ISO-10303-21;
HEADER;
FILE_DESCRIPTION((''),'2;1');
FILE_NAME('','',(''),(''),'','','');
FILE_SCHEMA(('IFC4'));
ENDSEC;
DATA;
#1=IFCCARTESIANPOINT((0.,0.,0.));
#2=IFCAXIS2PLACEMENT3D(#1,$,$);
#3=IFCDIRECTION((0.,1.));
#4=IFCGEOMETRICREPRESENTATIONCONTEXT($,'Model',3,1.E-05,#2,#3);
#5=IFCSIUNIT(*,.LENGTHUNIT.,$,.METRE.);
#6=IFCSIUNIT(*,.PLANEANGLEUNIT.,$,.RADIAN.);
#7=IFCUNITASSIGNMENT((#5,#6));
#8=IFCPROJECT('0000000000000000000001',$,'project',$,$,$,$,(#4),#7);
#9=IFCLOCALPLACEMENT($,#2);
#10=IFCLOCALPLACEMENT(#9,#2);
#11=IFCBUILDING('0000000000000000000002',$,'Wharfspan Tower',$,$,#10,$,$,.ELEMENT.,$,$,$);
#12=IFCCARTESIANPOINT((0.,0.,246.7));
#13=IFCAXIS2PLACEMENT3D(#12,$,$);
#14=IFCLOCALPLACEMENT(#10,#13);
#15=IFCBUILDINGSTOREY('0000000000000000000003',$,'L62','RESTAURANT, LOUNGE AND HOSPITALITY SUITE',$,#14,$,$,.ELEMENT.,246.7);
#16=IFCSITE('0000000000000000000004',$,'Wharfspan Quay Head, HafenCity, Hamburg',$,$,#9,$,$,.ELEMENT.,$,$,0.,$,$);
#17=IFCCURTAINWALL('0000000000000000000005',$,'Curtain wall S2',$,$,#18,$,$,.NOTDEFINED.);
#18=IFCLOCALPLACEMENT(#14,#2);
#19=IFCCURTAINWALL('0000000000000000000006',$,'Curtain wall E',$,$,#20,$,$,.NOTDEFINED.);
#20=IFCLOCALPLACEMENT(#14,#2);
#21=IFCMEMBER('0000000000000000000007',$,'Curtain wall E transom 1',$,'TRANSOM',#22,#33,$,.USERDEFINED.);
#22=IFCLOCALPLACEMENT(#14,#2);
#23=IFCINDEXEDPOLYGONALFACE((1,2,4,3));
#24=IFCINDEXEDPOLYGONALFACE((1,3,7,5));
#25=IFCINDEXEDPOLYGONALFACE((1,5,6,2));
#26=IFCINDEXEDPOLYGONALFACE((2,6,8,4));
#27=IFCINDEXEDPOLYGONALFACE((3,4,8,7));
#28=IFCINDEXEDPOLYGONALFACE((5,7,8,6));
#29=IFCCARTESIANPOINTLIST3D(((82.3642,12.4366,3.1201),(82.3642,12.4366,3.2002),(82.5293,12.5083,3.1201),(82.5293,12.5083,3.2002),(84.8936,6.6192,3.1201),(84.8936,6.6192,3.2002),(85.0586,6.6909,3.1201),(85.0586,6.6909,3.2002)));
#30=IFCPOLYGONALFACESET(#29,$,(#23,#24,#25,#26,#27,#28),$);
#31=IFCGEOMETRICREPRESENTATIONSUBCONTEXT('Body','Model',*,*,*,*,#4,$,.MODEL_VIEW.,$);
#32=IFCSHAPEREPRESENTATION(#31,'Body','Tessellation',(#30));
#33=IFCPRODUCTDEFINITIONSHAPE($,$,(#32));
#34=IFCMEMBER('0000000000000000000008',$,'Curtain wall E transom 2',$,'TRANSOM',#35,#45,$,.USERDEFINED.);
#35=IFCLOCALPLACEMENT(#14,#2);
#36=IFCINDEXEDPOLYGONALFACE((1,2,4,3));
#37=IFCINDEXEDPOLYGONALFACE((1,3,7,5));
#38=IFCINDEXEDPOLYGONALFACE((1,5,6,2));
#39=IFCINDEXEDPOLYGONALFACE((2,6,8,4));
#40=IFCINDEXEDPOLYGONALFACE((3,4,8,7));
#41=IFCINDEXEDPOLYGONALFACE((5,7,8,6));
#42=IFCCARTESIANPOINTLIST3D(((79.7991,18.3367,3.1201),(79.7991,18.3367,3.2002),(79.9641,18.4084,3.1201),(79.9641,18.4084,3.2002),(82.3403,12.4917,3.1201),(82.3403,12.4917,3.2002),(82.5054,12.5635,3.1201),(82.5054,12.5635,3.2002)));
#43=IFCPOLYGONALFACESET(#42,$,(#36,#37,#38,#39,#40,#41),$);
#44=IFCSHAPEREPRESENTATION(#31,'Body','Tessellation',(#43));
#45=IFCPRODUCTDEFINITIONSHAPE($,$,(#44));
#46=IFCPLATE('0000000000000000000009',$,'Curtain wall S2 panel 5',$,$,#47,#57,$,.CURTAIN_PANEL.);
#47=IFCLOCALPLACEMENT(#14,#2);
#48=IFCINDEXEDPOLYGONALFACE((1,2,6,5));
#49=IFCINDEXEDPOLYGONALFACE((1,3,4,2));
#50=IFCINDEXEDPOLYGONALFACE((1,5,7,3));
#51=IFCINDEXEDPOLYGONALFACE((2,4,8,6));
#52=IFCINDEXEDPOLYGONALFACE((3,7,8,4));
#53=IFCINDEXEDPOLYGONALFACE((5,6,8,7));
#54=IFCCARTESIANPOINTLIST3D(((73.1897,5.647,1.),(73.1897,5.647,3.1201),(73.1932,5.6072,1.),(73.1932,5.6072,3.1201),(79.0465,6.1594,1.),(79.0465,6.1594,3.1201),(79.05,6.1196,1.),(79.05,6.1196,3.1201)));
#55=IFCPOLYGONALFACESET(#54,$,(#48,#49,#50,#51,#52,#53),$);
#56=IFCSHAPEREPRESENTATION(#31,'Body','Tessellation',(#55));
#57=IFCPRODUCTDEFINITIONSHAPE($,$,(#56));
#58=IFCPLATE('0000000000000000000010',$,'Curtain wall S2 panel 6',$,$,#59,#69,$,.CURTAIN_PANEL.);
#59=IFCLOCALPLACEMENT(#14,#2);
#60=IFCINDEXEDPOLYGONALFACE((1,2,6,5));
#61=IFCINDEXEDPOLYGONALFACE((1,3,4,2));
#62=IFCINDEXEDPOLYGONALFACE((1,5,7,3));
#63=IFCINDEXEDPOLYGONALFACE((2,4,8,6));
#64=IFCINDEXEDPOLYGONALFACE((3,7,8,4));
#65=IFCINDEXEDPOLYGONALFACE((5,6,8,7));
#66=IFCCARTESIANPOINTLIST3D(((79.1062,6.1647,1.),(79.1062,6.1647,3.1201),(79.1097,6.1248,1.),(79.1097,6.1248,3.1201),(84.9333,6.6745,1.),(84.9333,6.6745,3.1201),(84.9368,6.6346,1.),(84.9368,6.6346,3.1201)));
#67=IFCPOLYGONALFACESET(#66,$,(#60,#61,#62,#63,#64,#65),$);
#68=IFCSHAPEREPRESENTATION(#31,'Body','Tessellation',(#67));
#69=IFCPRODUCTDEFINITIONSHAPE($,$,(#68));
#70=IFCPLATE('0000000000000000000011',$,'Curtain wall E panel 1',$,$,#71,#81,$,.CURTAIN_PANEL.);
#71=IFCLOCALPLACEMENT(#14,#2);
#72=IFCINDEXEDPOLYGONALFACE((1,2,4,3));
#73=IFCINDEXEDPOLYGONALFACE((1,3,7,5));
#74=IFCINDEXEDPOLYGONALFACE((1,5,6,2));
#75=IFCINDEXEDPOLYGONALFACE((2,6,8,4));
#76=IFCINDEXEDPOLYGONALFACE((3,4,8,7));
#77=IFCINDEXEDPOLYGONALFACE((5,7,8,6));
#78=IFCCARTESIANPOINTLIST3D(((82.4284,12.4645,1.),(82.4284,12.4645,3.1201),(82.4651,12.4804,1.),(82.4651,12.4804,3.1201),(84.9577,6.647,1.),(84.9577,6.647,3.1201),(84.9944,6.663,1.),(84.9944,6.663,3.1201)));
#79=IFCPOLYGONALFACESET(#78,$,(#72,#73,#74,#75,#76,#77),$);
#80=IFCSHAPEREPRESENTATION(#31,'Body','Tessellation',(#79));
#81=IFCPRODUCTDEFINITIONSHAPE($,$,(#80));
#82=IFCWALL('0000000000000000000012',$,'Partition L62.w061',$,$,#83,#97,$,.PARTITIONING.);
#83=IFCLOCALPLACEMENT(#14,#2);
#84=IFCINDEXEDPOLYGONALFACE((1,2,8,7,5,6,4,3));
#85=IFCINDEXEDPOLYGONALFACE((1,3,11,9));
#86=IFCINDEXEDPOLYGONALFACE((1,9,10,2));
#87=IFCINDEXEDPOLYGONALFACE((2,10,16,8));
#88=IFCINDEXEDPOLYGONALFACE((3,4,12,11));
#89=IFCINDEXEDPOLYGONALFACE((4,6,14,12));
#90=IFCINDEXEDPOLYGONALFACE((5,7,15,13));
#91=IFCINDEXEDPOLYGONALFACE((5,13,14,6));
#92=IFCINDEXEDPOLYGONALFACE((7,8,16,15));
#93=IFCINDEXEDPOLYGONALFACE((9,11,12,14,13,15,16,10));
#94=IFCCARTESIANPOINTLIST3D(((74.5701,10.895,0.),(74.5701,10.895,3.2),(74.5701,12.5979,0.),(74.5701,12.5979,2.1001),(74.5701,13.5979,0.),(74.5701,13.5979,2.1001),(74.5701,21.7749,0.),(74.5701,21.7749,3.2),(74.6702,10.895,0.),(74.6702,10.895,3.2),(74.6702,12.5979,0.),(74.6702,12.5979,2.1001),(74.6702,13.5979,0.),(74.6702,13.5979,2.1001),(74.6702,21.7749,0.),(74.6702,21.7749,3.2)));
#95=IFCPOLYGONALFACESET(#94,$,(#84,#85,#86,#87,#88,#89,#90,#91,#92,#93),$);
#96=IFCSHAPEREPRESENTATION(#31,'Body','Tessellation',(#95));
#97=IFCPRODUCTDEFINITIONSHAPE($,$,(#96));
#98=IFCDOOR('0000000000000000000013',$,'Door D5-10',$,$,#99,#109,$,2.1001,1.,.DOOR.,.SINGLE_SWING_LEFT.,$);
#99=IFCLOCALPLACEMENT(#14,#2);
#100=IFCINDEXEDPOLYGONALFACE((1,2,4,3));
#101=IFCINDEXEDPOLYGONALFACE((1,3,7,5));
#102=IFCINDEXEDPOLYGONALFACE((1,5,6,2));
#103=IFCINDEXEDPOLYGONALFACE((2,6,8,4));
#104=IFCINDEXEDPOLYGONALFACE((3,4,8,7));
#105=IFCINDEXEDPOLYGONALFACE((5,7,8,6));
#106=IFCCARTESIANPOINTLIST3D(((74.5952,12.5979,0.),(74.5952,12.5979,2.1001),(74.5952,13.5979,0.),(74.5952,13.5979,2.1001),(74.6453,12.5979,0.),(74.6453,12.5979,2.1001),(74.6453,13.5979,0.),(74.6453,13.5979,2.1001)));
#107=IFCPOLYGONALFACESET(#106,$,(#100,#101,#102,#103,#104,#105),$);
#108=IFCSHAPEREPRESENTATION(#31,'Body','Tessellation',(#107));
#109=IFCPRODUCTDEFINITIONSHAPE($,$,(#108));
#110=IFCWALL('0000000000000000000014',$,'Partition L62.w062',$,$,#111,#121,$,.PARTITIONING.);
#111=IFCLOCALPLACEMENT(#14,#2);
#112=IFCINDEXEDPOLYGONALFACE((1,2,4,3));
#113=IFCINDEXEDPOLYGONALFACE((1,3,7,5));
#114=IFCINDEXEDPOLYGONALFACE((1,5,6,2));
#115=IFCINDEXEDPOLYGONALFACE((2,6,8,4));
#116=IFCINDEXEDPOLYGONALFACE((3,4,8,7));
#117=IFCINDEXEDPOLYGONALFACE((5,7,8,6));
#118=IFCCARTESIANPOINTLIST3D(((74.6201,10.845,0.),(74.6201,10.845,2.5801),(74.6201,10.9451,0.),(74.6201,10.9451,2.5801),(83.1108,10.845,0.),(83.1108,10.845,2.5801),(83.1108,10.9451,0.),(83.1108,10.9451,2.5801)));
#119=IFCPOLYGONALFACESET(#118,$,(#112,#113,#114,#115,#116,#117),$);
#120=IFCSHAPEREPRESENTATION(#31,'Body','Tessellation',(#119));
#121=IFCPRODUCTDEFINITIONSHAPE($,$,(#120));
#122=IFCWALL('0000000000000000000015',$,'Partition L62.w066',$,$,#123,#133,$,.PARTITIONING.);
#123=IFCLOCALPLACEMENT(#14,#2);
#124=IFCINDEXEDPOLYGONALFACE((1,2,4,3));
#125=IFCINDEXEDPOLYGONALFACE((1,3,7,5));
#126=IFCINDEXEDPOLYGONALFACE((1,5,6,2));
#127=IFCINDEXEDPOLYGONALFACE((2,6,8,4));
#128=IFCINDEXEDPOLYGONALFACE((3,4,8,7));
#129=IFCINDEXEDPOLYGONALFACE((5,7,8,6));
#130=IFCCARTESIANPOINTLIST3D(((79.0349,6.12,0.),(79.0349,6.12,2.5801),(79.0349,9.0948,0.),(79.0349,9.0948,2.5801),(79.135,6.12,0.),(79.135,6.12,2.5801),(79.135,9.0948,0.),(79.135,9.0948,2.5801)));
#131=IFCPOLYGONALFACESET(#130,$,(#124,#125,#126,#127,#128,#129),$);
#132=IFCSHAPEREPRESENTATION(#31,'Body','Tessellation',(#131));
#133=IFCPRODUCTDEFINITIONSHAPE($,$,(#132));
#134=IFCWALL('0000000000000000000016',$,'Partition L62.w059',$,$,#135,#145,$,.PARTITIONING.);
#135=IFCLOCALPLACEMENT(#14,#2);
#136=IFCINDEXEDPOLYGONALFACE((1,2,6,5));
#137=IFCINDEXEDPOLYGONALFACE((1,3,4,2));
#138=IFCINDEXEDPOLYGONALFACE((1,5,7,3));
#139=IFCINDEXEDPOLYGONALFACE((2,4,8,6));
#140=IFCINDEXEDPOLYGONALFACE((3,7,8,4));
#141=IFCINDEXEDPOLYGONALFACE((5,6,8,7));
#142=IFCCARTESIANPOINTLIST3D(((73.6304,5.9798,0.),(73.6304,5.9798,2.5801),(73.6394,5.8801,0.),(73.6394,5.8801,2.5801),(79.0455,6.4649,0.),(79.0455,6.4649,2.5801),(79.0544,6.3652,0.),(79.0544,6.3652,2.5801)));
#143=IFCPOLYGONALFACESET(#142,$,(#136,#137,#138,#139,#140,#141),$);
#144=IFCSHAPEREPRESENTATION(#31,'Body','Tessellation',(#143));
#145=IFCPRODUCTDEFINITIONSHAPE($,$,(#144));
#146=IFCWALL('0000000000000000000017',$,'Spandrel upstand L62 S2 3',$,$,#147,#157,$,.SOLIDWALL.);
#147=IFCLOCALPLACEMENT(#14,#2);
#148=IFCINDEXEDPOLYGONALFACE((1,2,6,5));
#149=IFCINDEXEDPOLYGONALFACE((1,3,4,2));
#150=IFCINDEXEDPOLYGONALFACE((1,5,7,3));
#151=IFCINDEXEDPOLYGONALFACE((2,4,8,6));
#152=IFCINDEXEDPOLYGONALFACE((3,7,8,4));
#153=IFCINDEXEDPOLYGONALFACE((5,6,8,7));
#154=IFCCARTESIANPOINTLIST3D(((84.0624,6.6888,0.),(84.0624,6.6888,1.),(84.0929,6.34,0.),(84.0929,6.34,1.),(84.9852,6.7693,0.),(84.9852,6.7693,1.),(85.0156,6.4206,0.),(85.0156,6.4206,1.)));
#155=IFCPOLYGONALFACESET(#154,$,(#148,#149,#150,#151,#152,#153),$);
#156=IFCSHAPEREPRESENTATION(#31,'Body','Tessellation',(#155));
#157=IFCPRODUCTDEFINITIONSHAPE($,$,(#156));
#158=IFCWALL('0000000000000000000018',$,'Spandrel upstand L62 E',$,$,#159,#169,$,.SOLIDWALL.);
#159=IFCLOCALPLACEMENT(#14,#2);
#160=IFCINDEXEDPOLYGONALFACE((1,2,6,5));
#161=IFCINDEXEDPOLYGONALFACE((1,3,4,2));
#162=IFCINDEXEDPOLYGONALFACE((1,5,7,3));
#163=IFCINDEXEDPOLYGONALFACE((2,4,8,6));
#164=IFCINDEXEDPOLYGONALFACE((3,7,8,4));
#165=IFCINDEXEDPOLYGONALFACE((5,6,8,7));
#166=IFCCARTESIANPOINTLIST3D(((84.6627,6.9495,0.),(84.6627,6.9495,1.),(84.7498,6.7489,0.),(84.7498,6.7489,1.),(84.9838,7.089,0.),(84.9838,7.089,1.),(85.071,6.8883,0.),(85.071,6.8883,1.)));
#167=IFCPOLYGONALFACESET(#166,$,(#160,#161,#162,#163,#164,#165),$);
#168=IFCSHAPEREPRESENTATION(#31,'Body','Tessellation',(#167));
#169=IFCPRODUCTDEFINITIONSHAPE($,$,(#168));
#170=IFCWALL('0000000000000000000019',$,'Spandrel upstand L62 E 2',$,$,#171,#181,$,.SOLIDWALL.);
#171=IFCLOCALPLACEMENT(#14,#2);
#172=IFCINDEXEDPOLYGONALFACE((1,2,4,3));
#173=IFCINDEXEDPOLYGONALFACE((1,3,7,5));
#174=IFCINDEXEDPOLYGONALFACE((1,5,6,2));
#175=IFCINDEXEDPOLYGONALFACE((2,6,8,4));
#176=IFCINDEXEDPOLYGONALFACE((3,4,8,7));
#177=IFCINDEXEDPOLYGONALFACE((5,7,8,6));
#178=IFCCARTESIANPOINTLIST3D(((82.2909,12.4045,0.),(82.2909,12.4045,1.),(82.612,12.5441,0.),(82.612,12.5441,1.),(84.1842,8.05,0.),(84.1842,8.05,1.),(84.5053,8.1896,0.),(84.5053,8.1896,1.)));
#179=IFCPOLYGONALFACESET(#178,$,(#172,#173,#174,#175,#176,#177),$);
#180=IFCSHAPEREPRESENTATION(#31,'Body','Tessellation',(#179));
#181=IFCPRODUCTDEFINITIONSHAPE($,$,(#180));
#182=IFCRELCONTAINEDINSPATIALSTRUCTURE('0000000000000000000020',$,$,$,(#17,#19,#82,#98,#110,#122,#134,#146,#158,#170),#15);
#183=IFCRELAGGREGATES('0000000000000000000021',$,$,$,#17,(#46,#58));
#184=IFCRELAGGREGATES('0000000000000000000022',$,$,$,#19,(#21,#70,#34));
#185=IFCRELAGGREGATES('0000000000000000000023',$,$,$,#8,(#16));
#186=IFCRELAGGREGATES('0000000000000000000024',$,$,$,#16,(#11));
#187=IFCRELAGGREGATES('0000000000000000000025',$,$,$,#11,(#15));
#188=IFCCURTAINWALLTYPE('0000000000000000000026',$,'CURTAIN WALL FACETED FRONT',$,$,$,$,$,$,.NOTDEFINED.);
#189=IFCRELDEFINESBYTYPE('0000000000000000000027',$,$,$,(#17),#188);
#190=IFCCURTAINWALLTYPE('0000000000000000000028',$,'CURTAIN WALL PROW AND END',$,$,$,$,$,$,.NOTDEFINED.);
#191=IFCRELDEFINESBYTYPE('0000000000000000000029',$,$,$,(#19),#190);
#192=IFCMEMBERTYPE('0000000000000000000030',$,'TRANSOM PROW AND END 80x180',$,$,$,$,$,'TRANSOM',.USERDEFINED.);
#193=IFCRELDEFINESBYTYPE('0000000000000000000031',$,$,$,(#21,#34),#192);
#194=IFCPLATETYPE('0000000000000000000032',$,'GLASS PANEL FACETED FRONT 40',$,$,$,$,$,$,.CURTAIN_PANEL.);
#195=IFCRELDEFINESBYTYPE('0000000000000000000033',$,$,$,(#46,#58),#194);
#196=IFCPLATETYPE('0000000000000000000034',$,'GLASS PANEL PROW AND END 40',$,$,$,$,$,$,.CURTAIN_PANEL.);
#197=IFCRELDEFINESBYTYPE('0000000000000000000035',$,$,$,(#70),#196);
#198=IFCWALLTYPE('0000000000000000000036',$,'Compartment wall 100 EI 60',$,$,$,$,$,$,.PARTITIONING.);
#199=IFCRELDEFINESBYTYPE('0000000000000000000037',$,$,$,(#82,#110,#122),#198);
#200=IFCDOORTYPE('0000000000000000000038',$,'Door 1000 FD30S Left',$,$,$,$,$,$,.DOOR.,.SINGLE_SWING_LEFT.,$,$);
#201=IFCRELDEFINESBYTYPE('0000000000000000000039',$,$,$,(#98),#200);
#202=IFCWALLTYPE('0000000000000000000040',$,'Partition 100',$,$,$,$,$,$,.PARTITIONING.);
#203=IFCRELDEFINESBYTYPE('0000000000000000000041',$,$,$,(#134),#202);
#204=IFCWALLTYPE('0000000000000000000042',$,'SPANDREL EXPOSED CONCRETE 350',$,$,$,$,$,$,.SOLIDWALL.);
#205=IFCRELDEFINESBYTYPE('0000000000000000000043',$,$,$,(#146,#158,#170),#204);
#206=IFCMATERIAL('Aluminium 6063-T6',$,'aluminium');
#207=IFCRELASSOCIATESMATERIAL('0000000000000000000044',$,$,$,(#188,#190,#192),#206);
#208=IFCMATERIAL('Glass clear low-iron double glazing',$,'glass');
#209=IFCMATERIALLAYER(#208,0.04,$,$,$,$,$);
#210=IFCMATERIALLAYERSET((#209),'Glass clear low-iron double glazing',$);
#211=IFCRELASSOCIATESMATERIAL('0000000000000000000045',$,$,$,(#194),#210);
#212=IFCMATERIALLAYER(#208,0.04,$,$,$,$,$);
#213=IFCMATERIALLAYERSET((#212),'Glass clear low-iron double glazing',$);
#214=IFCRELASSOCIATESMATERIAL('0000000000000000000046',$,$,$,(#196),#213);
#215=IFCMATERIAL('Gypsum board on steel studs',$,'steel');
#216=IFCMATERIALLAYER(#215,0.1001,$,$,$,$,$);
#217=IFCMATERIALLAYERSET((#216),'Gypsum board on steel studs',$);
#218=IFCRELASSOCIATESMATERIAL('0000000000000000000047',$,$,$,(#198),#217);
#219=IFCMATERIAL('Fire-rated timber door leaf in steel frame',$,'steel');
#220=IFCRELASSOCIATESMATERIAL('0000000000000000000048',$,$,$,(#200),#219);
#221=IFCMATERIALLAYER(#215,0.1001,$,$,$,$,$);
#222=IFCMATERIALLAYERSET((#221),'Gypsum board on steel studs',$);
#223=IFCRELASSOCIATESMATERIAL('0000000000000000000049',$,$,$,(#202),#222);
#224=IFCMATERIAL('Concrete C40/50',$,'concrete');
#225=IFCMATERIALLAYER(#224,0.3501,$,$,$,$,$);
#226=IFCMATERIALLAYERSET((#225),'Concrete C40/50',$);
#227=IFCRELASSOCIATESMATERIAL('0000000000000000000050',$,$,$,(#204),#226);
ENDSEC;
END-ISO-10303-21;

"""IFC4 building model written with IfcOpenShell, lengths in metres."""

from ifc_helpers import new_model, si_unit, direction, frame, frame_2d, origin, origin_2d, place, context, subcontext, project, spatial, rectangle, extrude, material, layer, layer_set, material_profile, profile_set, type_object, element, fill, aggregate, save


model = new_model("IFC4")

# Units and contexts
model_context = context("Model", 3, precision=1e-05, world=origin(), true_north=direction((0.0, 1.0)))
body_context = subcontext(model_context, "Body", "Model", "MODEL_VIEW")
ifc_project = project(units=[si_unit("LENGTHUNIT", "METRE"), si_unit("PLANEANGLEUNIT", "RADIAN")], contexts=[model_context])

# Site, building, storey
site_placement = place(None, origin())
site = spatial("IfcSite", under=ifc_project, at=site_placement, Name="Wharfspan Quay Head, HafenCity, Hamburg", CompositionType="ELEMENT", RefElevation=0.0)
building_placement = place(site_placement, origin())
building = spatial("IfcBuilding", under=site, at=building_placement, Name="Wharfspan Tower", CompositionType="ELEMENT")
storey_placement = place(building_placement, frame((0.0, 0.0, 246.7)))
storey = spatial("IfcBuildingStorey", under=building, at=storey_placement, Name="L62", Description="RESTAURANT, LOUNGE AND HOSPITALITY SUITE", CompositionType="ELEMENT", Elevation=246.7)

# Curtain walls
ifc_material_1 = material(Name="Aluminium 6063-T6", Category="aluminium")
curtain_wall_type_1 = type_object("IfcCurtainWallType", Name="CURTAIN WALL FACETED FRONT", PredefinedType="NOTDEFINED", material=ifc_material_1)
curtain_wall_1_placement = place(storey_placement, origin())
curtain_wall_1 = element("IfcCurtainWall", 1, at=curtain_wall_1_placement, inside=storey, type_object=curtain_wall_type_1, Name="Curtain wall S2", PredefinedType="NOTDEFINED")
curtain_wall_type_2 = type_object("IfcCurtainWallType", Name="CURTAIN WALL PROW AND END", PredefinedType="NOTDEFINED", material=ifc_material_1)
curtain_wall_2_placement = place(storey_placement, origin())
curtain_wall_2 = element("IfcCurtainWall", 2, at=curtain_wall_2_placement, inside=storey, type_object=curtain_wall_type_2, Name="Curtain wall E", PredefinedType="NOTDEFINED")

# Members
ifc_material_profile_1 = material_profile(ifc_material_1, rectangle(XDim=0.1799, YDim=0.0801, at=origin_2d()))
ifc_profile_set_1 = profile_set([ifc_material_profile_1], Name="Aluminium 6063-T6")
member_type_1 = type_object("IfcMemberType", Name="TRANSOM PROW AND END 80x180", ElementType="TRANSOM", PredefinedType="USERDEFINED", material=ifc_profile_set_1)
member_1_placement = place(storey_placement, frame((84.9761, 6.655, 3.1602), z_axis=(-0.398726, 0.91707, 0.0), x_axis=(-0.91707, -0.398726, 0.0)))
member_1 = element("IfcMember", 3, at=member_1_placement, type_object=member_type_1, Name="Curtain wall E transom 1", ObjectType="TRANSOM", PredefinedType="USERDEFINED", context=body_context, shape_type="SweptSolid", body=[
    extrude(rectangle(XDim=0.1799, YDim=0.0801, at=origin_2d()), origin(), (0.0, 0.0, 1.0), 6.3435),
])
member_2_placement = place(storey_placement, frame((82.4229, 12.5276, 3.1602), z_axis=(-0.398722, 0.917072, 0.0), x_axis=(-0.917072, -0.398722, 0.0)))
member_2 = element("IfcMember", 4, at=member_2_placement, type_object=member_type_1, Name="Curtain wall E transom 2", ObjectType="TRANSOM", PredefinedType="USERDEFINED", context=body_context, shape_type="SweptSolid", body=[
    extrude(rectangle(XDim=0.1799, YDim=0.0801, at=origin_2d()), origin(), (0.0, 0.0, 1.0), 6.3735),
])

# Plates
ifc_material_2 = material(Name="Glass clear low-iron double glazing", Category="glass")
ifc_layer_1 = layer(ifc_material_2, 0.04)
ifc_layer_set_1 = layer_set([ifc_layer_1], Name="Glass clear low-iron double glazing")
plate_type_1 = type_object("IfcPlateType", Name="GLASS PANEL FACETED FRONT 40", PredefinedType="CURTAIN_PANEL", material=ifc_layer_set_1)
plate_1_placement = place(storey_placement, frame((76.1199, 5.8833, 1.0), z_axis=(0.0, 0.0, 1.0), x_axis=(0.996197, 0.087156, 0.0)))
plate_1 = element("IfcPlate", 5, at=plate_1_placement, type_object=plate_type_1, Name="Curtain wall S2 panel 5", PredefinedType="CURTAIN_PANEL", context=body_context, shape_type="SweptSolid", body=[
    extrude(rectangle(XDim=5.8792, YDim=0.04, at=origin_2d()), origin(), (0.0, 0.0, 1.0), 2.1201),
])
plate_2_placement = place(storey_placement, frame((82.0215, 6.3997, 1.0), z_axis=(0.0, 0.0, 1.0), x_axis=(0.996197, 0.087156, 0.0)))
plate_2 = element("IfcPlate", 6, at=plate_2_placement, type_object=plate_type_1, Name="Curtain wall S2 panel 6", PredefinedType="CURTAIN_PANEL", context=body_context, shape_type="SweptSolid", body=[
    extrude(rectangle(XDim=5.8494, YDim=0.04, at=origin_2d()), origin(), (0.0, 0.0, 1.0), 2.1201),
])
aggregate(curtain_wall_1, [plate_1, plate_2])
ifc_layer_2 = layer(ifc_material_2, 0.04)
ifc_layer_set_2 = layer_set([ifc_layer_2], Name="Glass clear low-iron double glazing")
plate_type_2 = type_object("IfcPlateType", Name="GLASS PANEL PROW AND END 40", PredefinedType="CURTAIN_PANEL", material=ifc_layer_set_2)
plate_3_placement = place(storey_placement, frame((83.7114, 9.5637, 1.0), z_axis=(0.0, 0.0, 1.0), x_axis=(-0.398727, 0.917072, 0.0)))
plate_3 = element("IfcPlate", 7, at=plate_3_placement, type_object=plate_type_2, Name="Curtain wall E panel 1", PredefinedType="CURTAIN_PANEL", context=body_context, shape_type="SweptSolid", body=[
    extrude(rectangle(XDim=6.3435, YDim=0.04, at=origin_2d()), origin(), (0.0, 0.0, 1.0), 2.1201),
])
aggregate(curtain_wall_2, [member_1, plate_3, member_2])

# Wall, opening, door
ifc_material_3 = material(Name="Gypsum board on steel studs", Category="steel")
ifc_layer_3 = layer(ifc_material_3, 0.1001)
ifc_layer_set_3 = layer_set([ifc_layer_3], Name="Gypsum board on steel studs")
wall_type_1 = type_object("IfcWallType", Name="Compartment wall 100 EI 60", PredefinedType="PARTITIONING", material=ifc_layer_set_3)
wall_1_placement = place(storey_placement, frame((74.6201, 10.895, 0.0), z_axis=(0.0, 0.0, 1.0), x_axis=(0.0, 1.0, 0.0)))
wall_1 = element("IfcWall", 8, at=wall_1_placement, inside=storey, type_object=wall_type_1, Name="Partition L62.w061", PredefinedType="PARTITIONING", context=body_context, shape_type="SweptSolid", body=[
    extrude(rectangle(XDim=10.8799, YDim=0.1001, at=frame_2d((5.4399, 0.0))), origin(), (0.0, 0.0, 1.0), 3.2),
])
opening_placement = place(wall_1_placement, frame((1.7029, 0.0, 0.0)))
opening = element("IfcOpeningElement", 9, at=opening_placement, cuts=wall_1, PredefinedType="OPENING", context=body_context, shape_type="SweptSolid", body=[
    extrude(rectangle(XDim=1.0, YDim=2.1001, at=frame_2d((0.5, 1.05))), frame((0.0, 0.0601, 0.0), z_axis=(0.0, -1.0, 0.0), x_axis=(1.0, 0.0, 0.0)), (0.0, 0.0, 1.0), 0.1201),
])
ifc_material_4 = material(Name="Fire-rated timber door leaf in steel frame", Category="steel")
door_type = type_object("IfcDoorType", Name="Door 1000 FD30S Left", OperationType="SINGLE_SWING_LEFT", PredefinedType="DOOR", material=ifc_material_4)
door_placement = place(opening_placement, origin())
door = element("IfcDoor", 10, at=door_placement, inside=storey, type_object=door_type, Name="Door D5-10", OperationType="SINGLE_SWING_LEFT", OverallHeight=2.1001, OverallWidth=1.0, PredefinedType="DOOR", context=body_context, shape_type="SweptSolid", body=[
    extrude(rectangle(XDim=1.0, YDim=2.1001, at=frame_2d((0.5, 1.05))), frame((0.0, 0.0249, 0.0), z_axis=(0.0, -1.0, 0.0), x_axis=(1.0, 0.0, 0.0)), (0.0, 0.0, 1.0), 0.05),
])
fill(opening, door)

# Walls
wall_2_placement = place(storey_placement, frame((74.6201, 10.895, 0.0), z_axis=(0.0, 0.0, 1.0), x_axis=(1.0, 0.0, 0.0)))
element("IfcWall", 11, at=wall_2_placement, inside=storey, type_object=wall_type_1, Name="Partition L62.w062", PredefinedType="PARTITIONING", context=body_context, shape_type="SweptSolid", body=[
    extrude(rectangle(XDim=8.4907, YDim=0.1001, at=frame_2d((4.2454, 0.0))), origin(), (0.0, 0.0, 1.0), 2.5801),
])
wall_3_placement = place(storey_placement, frame((79.085, 6.1201, 0.0), z_axis=(0.0, 0.0, 1.0), x_axis=(0.0, 1.0, 0.0)))
element("IfcWall", 12, at=wall_3_placement, inside=storey, type_object=wall_type_1, Name="Partition L62.w066", PredefinedType="PARTITIONING", context=body_context, shape_type="SweptSolid", body=[
    extrude(rectangle(XDim=2.9749, YDim=0.1001, at=frame_2d((1.4873, 0.0))), origin(), (0.0, 0.0, 1.0), 2.5801),
])
ifc_layer_4 = layer(ifc_material_3, 0.1001)
ifc_layer_set_4 = layer_set([ifc_layer_4], Name="Gypsum board on steel studs")
wall_type_2 = type_object("IfcWallType", Name="Partition 100", PredefinedType="PARTITIONING", material=ifc_layer_set_4)
wall_4_placement = place(storey_placement, frame((73.635, 5.9299, 0.0), z_axis=(0.0, 0.0, 1.0), x_axis=(0.996013, 0.089228, 0.0)))
element("IfcWall", 13, at=wall_4_placement, inside=storey, type_object=wall_type_2, Name="Partition L62.w059", PredefinedType="PARTITIONING", context=body_context, shape_type="SweptSolid", body=[
    extrude(rectangle(XDim=5.4368, YDim=0.1001, at=frame_2d((2.7183, 0.0))), origin(), (0.0, 0.0, 1.0), 2.5801),
])
ifc_material_5 = material(Name="Concrete C40/50", Category="concrete")
ifc_layer_5 = layer(ifc_material_5, 0.3501)
ifc_layer_set_5 = layer_set([ifc_layer_5], Name="Concrete C40/50")
wall_type_3 = type_object("IfcWallType", Name="SPANDREL EXPOSED CONCRETE 350", PredefinedType="SOLIDWALL", material=ifc_layer_set_5)
wall_5_placement = place(storey_placement, frame((84.0776, 6.5144, 0.0), z_axis=(0.0, 0.0, 1.0), x_axis=(0.996213, 0.086971, 0.0)))
element("IfcWall", 14, at=wall_5_placement, inside=storey, type_object=wall_type_3, Name="Spandrel upstand L62 S2 3", PredefinedType="SOLIDWALL", context=body_context, shape_type="SweptSolid", body=[
    extrude(rectangle(XDim=0.9263, YDim=0.3501, at=frame_2d((0.4631, 0.0))), origin(), (0.0, 0.0, 1.0), 1.0),
])
wall_6_placement = place(storey_placement, frame((84.9104, 6.8186, 0.0), z_axis=(0.0, 0.0, 1.0), x_axis=(-0.398359, 0.91723, 0.0)))
element("IfcWall", 15, at=wall_6_placement, inside=storey, type_object=wall_type_3, Name="Spandrel upstand L62 E", PredefinedType="SOLIDWALL", context=body_context, shape_type="SweptSolid", body=[
    extrude(rectangle(XDim=0.2188, YDim=0.3501, at=frame_2d((0.1094, 0.0))), origin(), (0.0, 0.0, 1.0), 1.0),
])
wall_7_placement = place(storey_placement, frame((84.3447, 8.1199, 0.0), z_axis=(0.0, 0.0, 1.0), x_axis=(-0.398736, 0.917067, 0.0)))
element("IfcWall", 16, at=wall_7_placement, inside=storey, type_object=wall_type_3, Name="Spandrel upstand L62 E 2", PredefinedType="SOLIDWALL", context=body_context, shape_type="SweptSolid", body=[
    extrude(rectangle(XDim=4.7483, YDim=0.3501, at=frame_2d((2.374, 0.0))), origin(), (0.0, 0.0, 1.0), 1.0),
])

save(model, "model.ifc")
